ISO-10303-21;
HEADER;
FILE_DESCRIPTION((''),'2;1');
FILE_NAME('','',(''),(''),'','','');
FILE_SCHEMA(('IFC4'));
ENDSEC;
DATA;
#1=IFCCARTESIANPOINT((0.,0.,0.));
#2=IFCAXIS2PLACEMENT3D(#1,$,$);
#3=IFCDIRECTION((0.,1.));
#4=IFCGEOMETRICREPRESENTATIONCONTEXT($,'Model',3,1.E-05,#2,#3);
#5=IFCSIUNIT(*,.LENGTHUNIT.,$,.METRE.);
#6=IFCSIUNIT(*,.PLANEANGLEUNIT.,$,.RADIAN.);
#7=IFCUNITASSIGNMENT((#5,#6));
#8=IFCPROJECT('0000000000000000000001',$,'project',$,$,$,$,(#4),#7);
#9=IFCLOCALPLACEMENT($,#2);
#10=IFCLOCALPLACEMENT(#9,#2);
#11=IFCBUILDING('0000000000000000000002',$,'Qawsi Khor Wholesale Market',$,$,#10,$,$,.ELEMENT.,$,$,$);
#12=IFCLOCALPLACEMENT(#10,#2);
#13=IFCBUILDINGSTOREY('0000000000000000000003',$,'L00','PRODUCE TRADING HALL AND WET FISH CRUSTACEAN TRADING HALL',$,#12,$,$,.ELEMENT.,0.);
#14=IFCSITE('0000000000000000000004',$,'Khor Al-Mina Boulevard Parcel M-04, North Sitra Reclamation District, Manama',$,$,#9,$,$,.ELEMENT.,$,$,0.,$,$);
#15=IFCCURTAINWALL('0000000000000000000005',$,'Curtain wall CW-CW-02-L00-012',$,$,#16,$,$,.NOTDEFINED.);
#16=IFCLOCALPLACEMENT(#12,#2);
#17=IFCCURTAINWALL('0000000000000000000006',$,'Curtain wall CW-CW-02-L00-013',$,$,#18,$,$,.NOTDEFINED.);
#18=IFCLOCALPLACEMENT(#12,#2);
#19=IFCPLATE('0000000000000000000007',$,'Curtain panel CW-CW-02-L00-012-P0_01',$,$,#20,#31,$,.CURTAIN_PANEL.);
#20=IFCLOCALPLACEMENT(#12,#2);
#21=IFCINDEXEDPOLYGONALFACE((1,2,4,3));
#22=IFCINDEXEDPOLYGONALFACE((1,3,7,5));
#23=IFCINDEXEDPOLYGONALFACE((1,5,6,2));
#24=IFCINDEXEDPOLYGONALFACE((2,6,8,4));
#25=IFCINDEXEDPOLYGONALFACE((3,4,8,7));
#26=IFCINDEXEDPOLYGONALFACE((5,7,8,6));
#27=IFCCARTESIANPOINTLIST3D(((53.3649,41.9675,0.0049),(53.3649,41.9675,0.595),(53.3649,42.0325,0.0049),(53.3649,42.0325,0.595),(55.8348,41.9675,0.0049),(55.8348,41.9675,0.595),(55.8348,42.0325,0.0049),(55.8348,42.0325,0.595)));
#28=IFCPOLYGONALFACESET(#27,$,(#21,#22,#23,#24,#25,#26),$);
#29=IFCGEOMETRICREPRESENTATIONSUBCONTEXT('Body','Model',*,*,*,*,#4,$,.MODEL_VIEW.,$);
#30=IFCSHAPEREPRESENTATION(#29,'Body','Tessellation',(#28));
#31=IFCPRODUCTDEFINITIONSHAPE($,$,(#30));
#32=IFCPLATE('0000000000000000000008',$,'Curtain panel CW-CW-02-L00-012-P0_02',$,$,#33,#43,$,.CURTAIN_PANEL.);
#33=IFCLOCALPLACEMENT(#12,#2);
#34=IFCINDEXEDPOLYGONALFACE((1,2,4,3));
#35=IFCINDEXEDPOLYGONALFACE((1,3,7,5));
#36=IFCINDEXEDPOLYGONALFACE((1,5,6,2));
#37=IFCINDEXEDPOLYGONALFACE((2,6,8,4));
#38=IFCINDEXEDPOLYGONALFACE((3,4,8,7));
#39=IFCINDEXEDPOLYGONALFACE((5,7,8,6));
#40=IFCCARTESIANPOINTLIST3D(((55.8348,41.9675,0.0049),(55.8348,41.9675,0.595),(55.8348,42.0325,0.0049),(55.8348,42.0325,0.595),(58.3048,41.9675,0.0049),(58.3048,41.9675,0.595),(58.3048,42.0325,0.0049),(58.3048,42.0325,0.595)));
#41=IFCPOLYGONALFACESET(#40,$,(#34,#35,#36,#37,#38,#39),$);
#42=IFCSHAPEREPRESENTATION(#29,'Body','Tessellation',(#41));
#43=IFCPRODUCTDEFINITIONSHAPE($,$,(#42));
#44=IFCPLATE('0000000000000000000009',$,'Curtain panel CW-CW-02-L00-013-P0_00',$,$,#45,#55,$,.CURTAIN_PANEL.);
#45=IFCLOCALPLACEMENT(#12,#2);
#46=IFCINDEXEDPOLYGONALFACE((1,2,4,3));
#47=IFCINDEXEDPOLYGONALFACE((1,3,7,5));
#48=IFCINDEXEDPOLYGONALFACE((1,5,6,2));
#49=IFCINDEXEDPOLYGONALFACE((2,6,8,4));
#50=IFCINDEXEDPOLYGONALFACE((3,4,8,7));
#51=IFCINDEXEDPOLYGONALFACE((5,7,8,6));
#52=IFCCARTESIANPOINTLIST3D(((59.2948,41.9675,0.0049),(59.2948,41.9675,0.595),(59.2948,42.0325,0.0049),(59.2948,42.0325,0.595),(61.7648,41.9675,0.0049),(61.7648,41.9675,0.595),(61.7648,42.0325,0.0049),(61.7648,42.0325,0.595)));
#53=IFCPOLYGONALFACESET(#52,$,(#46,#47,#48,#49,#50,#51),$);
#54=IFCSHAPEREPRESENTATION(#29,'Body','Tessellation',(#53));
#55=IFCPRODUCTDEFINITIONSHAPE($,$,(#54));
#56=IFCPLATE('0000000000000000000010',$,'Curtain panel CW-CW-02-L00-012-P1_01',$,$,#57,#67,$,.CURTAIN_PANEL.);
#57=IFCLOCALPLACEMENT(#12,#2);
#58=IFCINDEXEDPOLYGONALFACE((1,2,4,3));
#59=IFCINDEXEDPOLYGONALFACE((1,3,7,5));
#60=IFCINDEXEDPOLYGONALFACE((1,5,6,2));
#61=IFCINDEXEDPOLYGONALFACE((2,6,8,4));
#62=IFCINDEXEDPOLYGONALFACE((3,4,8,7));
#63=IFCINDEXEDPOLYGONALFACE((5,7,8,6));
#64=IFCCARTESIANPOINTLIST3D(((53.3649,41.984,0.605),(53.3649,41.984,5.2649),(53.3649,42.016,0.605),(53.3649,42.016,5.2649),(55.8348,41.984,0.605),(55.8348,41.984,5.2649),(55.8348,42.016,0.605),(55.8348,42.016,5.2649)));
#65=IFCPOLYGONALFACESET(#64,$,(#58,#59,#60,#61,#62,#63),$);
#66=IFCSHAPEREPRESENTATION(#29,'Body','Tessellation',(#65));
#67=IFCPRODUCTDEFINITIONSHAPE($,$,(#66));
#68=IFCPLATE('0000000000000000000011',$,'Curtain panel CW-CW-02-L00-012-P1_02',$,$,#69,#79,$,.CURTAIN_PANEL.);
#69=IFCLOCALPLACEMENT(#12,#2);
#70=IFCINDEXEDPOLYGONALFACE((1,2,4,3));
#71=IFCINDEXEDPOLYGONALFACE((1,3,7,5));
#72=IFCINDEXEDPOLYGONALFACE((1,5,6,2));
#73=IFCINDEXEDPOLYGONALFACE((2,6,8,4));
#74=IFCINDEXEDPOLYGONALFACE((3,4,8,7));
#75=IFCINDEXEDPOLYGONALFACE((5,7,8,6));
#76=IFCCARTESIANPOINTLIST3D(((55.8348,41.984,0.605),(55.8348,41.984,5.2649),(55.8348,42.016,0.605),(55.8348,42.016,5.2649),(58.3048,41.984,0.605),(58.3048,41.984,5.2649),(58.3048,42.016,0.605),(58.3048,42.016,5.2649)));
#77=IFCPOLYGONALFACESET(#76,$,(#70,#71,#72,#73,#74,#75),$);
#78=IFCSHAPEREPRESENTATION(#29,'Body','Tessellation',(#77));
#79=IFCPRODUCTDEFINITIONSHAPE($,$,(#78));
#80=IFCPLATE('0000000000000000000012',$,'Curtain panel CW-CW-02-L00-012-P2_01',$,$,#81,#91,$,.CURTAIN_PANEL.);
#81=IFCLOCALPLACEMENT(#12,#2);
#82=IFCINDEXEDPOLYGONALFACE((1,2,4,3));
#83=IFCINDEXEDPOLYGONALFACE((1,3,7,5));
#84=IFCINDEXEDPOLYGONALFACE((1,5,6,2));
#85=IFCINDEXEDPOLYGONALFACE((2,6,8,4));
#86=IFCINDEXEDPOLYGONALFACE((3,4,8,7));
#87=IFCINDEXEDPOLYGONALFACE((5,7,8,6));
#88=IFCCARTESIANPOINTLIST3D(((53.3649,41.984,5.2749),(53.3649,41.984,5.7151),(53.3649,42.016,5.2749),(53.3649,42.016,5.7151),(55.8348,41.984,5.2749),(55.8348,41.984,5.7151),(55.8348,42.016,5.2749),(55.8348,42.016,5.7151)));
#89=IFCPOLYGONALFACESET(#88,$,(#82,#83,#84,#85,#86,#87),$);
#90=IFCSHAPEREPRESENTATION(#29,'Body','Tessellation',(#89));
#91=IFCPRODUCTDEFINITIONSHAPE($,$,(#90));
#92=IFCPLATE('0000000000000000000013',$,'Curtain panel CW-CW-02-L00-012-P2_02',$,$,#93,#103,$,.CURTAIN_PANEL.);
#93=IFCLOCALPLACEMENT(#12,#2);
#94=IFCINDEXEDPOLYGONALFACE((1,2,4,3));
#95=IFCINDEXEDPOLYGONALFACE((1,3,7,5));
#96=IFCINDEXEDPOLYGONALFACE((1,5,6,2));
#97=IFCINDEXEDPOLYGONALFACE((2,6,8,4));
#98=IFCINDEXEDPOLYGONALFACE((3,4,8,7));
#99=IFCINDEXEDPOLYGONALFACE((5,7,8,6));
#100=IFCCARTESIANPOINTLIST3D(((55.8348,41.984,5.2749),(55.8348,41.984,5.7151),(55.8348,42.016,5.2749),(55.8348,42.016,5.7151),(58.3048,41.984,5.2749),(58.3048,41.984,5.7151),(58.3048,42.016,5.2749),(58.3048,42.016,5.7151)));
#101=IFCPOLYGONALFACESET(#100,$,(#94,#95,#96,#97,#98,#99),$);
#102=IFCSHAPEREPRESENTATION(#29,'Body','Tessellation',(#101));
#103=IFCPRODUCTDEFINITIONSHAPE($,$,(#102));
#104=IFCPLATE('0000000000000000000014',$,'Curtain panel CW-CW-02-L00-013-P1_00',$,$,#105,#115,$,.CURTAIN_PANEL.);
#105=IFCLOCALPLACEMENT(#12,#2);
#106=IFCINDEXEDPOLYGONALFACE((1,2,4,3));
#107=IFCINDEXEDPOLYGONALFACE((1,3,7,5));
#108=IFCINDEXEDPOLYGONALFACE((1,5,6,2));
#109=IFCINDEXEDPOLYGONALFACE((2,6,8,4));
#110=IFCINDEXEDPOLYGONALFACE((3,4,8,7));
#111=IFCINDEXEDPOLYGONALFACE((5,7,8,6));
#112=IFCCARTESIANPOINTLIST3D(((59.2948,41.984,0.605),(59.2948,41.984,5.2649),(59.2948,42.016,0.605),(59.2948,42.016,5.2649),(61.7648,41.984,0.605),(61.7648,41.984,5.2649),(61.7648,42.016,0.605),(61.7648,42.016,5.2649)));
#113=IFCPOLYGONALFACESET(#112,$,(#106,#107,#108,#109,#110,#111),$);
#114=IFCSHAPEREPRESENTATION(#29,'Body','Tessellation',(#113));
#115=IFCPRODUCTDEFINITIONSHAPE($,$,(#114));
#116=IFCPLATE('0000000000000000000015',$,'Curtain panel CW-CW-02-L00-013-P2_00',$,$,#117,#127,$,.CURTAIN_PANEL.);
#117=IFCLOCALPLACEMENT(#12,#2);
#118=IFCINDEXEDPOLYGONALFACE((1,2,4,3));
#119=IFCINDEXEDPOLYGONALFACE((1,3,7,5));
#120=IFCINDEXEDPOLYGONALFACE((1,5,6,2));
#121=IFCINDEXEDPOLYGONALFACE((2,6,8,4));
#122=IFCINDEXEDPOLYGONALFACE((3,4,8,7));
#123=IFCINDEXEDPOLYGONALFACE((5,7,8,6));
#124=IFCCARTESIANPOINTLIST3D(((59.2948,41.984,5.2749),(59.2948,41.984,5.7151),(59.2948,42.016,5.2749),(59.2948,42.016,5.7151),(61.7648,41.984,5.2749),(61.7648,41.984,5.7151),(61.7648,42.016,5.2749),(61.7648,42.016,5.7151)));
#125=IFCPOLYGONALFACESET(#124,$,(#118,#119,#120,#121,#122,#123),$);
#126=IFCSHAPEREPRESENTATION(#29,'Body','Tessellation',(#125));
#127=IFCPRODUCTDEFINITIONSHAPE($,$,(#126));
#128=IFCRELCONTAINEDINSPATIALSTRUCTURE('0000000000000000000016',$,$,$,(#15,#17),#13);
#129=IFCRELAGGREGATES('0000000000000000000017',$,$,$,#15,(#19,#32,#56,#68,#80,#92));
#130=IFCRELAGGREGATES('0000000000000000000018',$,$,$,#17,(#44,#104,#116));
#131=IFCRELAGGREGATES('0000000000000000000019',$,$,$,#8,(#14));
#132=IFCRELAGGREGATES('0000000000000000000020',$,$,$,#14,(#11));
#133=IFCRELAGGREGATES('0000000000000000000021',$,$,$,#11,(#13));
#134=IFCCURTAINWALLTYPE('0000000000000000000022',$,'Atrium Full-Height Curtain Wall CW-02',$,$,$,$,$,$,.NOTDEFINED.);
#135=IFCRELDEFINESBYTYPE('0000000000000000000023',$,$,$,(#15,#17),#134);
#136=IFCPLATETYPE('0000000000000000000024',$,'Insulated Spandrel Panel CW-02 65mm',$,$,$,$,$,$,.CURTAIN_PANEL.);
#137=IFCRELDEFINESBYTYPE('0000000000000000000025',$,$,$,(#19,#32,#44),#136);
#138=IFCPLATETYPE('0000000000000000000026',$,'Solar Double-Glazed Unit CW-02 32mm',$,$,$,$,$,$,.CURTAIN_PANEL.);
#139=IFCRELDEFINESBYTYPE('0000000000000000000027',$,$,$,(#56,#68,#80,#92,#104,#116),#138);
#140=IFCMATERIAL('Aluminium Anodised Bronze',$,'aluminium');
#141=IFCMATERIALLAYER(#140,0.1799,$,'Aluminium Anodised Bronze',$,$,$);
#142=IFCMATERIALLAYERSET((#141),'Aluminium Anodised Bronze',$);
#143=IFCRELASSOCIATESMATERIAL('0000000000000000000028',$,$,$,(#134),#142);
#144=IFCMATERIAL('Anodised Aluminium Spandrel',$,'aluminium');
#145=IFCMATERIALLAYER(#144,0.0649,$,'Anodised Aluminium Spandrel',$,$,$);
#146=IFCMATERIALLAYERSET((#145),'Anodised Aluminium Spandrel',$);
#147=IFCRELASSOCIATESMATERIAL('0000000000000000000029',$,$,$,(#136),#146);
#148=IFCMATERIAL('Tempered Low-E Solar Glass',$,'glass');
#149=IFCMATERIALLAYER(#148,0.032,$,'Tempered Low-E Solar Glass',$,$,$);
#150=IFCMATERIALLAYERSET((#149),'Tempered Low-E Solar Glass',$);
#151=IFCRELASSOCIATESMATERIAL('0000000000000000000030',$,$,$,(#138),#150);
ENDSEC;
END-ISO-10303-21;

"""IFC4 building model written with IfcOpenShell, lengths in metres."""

from ifc_helpers import new_model, si_unit, direction, frame, frame_2d, origin, place, context, subcontext, project, spatial, rectangle, extrude, material, layer, layer_set, type_object, element, aggregate, save


model = new_model("IFC4")

# Units and contexts
model_context = context("Model", 3, precision=1e-05, world=origin(), true_north=direction((0.0, 1.0)))
body_context = subcontext(model_context, "Body", "Model", "MODEL_VIEW")
ifc_project = project(units=[si_unit("LENGTHUNIT", "METRE"), si_unit("PLANEANGLEUNIT", "RADIAN")], contexts=[model_context])

# Site, building, storey
site_placement = place(None, origin())
site = spatial("IfcSite", under=ifc_project, at=site_placement, Name="Khor Al-Mina Boulevard Parcel M-04, North Sitra Reclamation District, Manama", CompositionType="ELEMENT", RefElevation=0.0)
building_placement = place(site_placement, origin())
building = spatial("IfcBuilding", under=site, at=building_placement, Name="Qawsi Khor Wholesale Market", CompositionType="ELEMENT")
storey_placement = place(building_placement, origin())
storey = spatial("IfcBuildingStorey", under=building, at=storey_placement, Name="L00", Description="PRODUCE TRADING HALL AND WET FISH CRUSTACEAN TRADING HALL", CompositionType="ELEMENT", Elevation=0.0)

# Curtain wall
ifc_material_1 = material(Name="Aluminium Anodised Bronze", Category="aluminium")
ifc_layer_1 = layer(ifc_material_1, 0.1799, Name="Aluminium Anodised Bronze")
ifc_layer_set_1 = layer_set([ifc_layer_1], Name="Aluminium Anodised Bronze")
curtain_wall_type = type_object("IfcCurtainWallType", Name="Atrium Full-Height Curtain Wall CW-02", PredefinedType="NOTDEFINED", material=ifc_layer_set_1)
curtain_wall_1_placement = place(storey_placement, origin())
curtain_wall_1 = element("IfcCurtainWall", 1, at=curtain_wall_1_placement, inside=storey, type_object=curtain_wall_type, Name="Curtain wall CW-CW-02-L00-012", PredefinedType="NOTDEFINED")

# Curtain wall
curtain_wall_2_placement = place(storey_placement, origin())
curtain_wall_2 = element("IfcCurtainWall", 2, at=curtain_wall_2_placement, inside=storey, type_object=curtain_wall_type, Name="Curtain wall CW-CW-02-L00-013", PredefinedType="NOTDEFINED")

# Plates
ifc_material_2 = material(Name="Anodised Aluminium Spandrel", Category="aluminium")
ifc_layer_2 = layer(ifc_material_2, 0.0649, Name="Anodised Aluminium Spandrel")
ifc_layer_set_2 = layer_set([ifc_layer_2], Name="Anodised Aluminium Spandrel")
plate_type_1 = type_object("IfcPlateType", Name="Insulated Spandrel Panel CW-02 65mm", PredefinedType="CURTAIN_PANEL", material=ifc_layer_set_2)
plate_1_placement = place(storey_placement, frame((53.365, 42.0, 0.0049), z_axis=(0.0, 0.0, 1.0), x_axis=(1.0, 0.0, 0.0)))
plate_1 = element("IfcPlate", 3, at=plate_1_placement, type_object=plate_type_1, Name="Curtain panel CW-CW-02-L00-012-P0_01", PredefinedType="CURTAIN_PANEL", context=body_context, shape_type="SweptSolid", body=[
    extrude(rectangle(XDim=2.47, YDim=0.0649, at=frame_2d((1.2349, 0.0))), origin(), (0.0, 0.0, 1.0), 0.5901),
])
plate_2_placement = place(storey_placement, frame((55.835, 42.0, 0.0049), z_axis=(0.0, 0.0, 1.0), x_axis=(1.0, 0.0, 0.0)))
plate_2 = element("IfcPlate", 4, at=plate_2_placement, type_object=plate_type_1, Name="Curtain panel CW-CW-02-L00-012-P0_02", PredefinedType="CURTAIN_PANEL", context=body_context, shape_type="SweptSolid", body=[
    extrude(rectangle(XDim=2.47, YDim=0.0649, at=frame_2d((1.2349, 0.0))), origin(), (0.0, 0.0, 1.0), 0.5901),
])
plate_3_placement = place(storey_placement, frame((59.2949, 42.0, 0.0049), z_axis=(0.0, 0.0, 1.0), x_axis=(1.0, 0.0, 0.0)))
plate_3 = element("IfcPlate", 5, at=plate_3_placement, type_object=plate_type_1, Name="Curtain panel CW-CW-02-L00-013-P0_00", PredefinedType="CURTAIN_PANEL", context=body_context, shape_type="SweptSolid", body=[
    extrude(rectangle(XDim=2.47, YDim=0.0649, at=frame_2d((1.2349, 0.0))), origin(), (0.0, 0.0, 1.0), 0.5901),
])
ifc_material_3 = material(Name="Tempered Low-E Solar Glass", Category="glass")
ifc_layer_3 = layer(ifc_material_3, 0.032, Name="Tempered Low-E Solar Glass")
ifc_layer_set_3 = layer_set([ifc_layer_3], Name="Tempered Low-E Solar Glass")
plate_type_2 = type_object("IfcPlateType", Name="Solar Double-Glazed Unit CW-02 32mm", PredefinedType="CURTAIN_PANEL", material=ifc_layer_set_3)
plate_4_placement = place(storey_placement, frame((53.365, 42.0, 0.605), z_axis=(0.0, 0.0, 1.0), x_axis=(1.0, 0.0, 0.0)))
plate_4 = element("IfcPlate", 6, at=plate_4_placement, type_object=plate_type_2, Name="Curtain panel CW-CW-02-L00-012-P1_01", PredefinedType="CURTAIN_PANEL", context=body_context, shape_type="SweptSolid", body=[
    extrude(rectangle(XDim=2.47, YDim=0.032, at=frame_2d((1.2349, 0.0))), origin(), (0.0, 0.0, 1.0), 4.6599),
])
plate_5_placement = place(storey_placement, frame((55.835, 42.0, 0.605), z_axis=(0.0, 0.0, 1.0), x_axis=(1.0, 0.0, 0.0)))
plate_5 = element("IfcPlate", 7, at=plate_5_placement, type_object=plate_type_2, Name="Curtain panel CW-CW-02-L00-012-P1_02", PredefinedType="CURTAIN_PANEL", context=body_context, shape_type="SweptSolid", body=[
    extrude(rectangle(XDim=2.47, YDim=0.032, at=frame_2d((1.2349, 0.0))), origin(), (0.0, 0.0, 1.0), 4.6599),
])
plate_6_placement = place(storey_placement, frame((53.365, 42.0, 5.2749), z_axis=(0.0, 0.0, 1.0), x_axis=(1.0, 0.0, 0.0)))
plate_6 = element("IfcPlate", 8, at=plate_6_placement, type_object=plate_type_2, Name="Curtain panel CW-CW-02-L00-012-P2_01", PredefinedType="CURTAIN_PANEL", context=body_context, shape_type="SweptSolid", body=[
    extrude(rectangle(XDim=2.47, YDim=0.032, at=frame_2d((1.2349, 0.0))), origin(), (0.0, 0.0, 1.0), 0.4402),
])
plate_7_placement = place(storey_placement, frame((55.835, 42.0, 5.2749), z_axis=(0.0, 0.0, 1.0), x_axis=(1.0, 0.0, 0.0)))
plate_7 = element("IfcPlate", 9, at=plate_7_placement, type_object=plate_type_2, Name="Curtain panel CW-CW-02-L00-012-P2_02", PredefinedType="CURTAIN_PANEL", context=body_context, shape_type="SweptSolid", body=[
    extrude(rectangle(XDim=2.47, YDim=0.032, at=frame_2d((1.2349, 0.0))), origin(), (0.0, 0.0, 1.0), 0.4402),
])
aggregate(curtain_wall_1, [plate_1, plate_2, plate_4, plate_5, plate_6, plate_7])
plate_8_placement = place(storey_placement, frame((59.2949, 42.0, 0.605), z_axis=(0.0, 0.0, 1.0), x_axis=(1.0, 0.0, 0.0)))
plate_8 = element("IfcPlate", 10, at=plate_8_placement, type_object=plate_type_2, Name="Curtain panel CW-CW-02-L00-013-P1_00", PredefinedType="CURTAIN_PANEL", context=body_context, shape_type="SweptSolid", body=[
    extrude(rectangle(XDim=2.47, YDim=0.032, at=frame_2d((1.2349, 0.0))), origin(), (0.0, 0.0, 1.0), 4.6599),
])
plate_9_placement = place(storey_placement, frame((59.2949, 42.0, 5.2749), z_axis=(0.0, 0.0, 1.0), x_axis=(1.0, 0.0, 0.0)))
plate_9 = element("IfcPlate", 11, at=plate_9_placement, type_object=plate_type_2, Name="Curtain panel CW-CW-02-L00-013-P2_00", PredefinedType="CURTAIN_PANEL", context=body_context, shape_type="SweptSolid", body=[
    extrude(rectangle(XDim=2.47, YDim=0.032, at=frame_2d((1.2349, 0.0))), origin(), (0.0, 0.0, 1.0), 0.4402),
])
aggregate(curtain_wall_2, [plate_3, plate_8, plate_9])

save(model, "model.ifc")
